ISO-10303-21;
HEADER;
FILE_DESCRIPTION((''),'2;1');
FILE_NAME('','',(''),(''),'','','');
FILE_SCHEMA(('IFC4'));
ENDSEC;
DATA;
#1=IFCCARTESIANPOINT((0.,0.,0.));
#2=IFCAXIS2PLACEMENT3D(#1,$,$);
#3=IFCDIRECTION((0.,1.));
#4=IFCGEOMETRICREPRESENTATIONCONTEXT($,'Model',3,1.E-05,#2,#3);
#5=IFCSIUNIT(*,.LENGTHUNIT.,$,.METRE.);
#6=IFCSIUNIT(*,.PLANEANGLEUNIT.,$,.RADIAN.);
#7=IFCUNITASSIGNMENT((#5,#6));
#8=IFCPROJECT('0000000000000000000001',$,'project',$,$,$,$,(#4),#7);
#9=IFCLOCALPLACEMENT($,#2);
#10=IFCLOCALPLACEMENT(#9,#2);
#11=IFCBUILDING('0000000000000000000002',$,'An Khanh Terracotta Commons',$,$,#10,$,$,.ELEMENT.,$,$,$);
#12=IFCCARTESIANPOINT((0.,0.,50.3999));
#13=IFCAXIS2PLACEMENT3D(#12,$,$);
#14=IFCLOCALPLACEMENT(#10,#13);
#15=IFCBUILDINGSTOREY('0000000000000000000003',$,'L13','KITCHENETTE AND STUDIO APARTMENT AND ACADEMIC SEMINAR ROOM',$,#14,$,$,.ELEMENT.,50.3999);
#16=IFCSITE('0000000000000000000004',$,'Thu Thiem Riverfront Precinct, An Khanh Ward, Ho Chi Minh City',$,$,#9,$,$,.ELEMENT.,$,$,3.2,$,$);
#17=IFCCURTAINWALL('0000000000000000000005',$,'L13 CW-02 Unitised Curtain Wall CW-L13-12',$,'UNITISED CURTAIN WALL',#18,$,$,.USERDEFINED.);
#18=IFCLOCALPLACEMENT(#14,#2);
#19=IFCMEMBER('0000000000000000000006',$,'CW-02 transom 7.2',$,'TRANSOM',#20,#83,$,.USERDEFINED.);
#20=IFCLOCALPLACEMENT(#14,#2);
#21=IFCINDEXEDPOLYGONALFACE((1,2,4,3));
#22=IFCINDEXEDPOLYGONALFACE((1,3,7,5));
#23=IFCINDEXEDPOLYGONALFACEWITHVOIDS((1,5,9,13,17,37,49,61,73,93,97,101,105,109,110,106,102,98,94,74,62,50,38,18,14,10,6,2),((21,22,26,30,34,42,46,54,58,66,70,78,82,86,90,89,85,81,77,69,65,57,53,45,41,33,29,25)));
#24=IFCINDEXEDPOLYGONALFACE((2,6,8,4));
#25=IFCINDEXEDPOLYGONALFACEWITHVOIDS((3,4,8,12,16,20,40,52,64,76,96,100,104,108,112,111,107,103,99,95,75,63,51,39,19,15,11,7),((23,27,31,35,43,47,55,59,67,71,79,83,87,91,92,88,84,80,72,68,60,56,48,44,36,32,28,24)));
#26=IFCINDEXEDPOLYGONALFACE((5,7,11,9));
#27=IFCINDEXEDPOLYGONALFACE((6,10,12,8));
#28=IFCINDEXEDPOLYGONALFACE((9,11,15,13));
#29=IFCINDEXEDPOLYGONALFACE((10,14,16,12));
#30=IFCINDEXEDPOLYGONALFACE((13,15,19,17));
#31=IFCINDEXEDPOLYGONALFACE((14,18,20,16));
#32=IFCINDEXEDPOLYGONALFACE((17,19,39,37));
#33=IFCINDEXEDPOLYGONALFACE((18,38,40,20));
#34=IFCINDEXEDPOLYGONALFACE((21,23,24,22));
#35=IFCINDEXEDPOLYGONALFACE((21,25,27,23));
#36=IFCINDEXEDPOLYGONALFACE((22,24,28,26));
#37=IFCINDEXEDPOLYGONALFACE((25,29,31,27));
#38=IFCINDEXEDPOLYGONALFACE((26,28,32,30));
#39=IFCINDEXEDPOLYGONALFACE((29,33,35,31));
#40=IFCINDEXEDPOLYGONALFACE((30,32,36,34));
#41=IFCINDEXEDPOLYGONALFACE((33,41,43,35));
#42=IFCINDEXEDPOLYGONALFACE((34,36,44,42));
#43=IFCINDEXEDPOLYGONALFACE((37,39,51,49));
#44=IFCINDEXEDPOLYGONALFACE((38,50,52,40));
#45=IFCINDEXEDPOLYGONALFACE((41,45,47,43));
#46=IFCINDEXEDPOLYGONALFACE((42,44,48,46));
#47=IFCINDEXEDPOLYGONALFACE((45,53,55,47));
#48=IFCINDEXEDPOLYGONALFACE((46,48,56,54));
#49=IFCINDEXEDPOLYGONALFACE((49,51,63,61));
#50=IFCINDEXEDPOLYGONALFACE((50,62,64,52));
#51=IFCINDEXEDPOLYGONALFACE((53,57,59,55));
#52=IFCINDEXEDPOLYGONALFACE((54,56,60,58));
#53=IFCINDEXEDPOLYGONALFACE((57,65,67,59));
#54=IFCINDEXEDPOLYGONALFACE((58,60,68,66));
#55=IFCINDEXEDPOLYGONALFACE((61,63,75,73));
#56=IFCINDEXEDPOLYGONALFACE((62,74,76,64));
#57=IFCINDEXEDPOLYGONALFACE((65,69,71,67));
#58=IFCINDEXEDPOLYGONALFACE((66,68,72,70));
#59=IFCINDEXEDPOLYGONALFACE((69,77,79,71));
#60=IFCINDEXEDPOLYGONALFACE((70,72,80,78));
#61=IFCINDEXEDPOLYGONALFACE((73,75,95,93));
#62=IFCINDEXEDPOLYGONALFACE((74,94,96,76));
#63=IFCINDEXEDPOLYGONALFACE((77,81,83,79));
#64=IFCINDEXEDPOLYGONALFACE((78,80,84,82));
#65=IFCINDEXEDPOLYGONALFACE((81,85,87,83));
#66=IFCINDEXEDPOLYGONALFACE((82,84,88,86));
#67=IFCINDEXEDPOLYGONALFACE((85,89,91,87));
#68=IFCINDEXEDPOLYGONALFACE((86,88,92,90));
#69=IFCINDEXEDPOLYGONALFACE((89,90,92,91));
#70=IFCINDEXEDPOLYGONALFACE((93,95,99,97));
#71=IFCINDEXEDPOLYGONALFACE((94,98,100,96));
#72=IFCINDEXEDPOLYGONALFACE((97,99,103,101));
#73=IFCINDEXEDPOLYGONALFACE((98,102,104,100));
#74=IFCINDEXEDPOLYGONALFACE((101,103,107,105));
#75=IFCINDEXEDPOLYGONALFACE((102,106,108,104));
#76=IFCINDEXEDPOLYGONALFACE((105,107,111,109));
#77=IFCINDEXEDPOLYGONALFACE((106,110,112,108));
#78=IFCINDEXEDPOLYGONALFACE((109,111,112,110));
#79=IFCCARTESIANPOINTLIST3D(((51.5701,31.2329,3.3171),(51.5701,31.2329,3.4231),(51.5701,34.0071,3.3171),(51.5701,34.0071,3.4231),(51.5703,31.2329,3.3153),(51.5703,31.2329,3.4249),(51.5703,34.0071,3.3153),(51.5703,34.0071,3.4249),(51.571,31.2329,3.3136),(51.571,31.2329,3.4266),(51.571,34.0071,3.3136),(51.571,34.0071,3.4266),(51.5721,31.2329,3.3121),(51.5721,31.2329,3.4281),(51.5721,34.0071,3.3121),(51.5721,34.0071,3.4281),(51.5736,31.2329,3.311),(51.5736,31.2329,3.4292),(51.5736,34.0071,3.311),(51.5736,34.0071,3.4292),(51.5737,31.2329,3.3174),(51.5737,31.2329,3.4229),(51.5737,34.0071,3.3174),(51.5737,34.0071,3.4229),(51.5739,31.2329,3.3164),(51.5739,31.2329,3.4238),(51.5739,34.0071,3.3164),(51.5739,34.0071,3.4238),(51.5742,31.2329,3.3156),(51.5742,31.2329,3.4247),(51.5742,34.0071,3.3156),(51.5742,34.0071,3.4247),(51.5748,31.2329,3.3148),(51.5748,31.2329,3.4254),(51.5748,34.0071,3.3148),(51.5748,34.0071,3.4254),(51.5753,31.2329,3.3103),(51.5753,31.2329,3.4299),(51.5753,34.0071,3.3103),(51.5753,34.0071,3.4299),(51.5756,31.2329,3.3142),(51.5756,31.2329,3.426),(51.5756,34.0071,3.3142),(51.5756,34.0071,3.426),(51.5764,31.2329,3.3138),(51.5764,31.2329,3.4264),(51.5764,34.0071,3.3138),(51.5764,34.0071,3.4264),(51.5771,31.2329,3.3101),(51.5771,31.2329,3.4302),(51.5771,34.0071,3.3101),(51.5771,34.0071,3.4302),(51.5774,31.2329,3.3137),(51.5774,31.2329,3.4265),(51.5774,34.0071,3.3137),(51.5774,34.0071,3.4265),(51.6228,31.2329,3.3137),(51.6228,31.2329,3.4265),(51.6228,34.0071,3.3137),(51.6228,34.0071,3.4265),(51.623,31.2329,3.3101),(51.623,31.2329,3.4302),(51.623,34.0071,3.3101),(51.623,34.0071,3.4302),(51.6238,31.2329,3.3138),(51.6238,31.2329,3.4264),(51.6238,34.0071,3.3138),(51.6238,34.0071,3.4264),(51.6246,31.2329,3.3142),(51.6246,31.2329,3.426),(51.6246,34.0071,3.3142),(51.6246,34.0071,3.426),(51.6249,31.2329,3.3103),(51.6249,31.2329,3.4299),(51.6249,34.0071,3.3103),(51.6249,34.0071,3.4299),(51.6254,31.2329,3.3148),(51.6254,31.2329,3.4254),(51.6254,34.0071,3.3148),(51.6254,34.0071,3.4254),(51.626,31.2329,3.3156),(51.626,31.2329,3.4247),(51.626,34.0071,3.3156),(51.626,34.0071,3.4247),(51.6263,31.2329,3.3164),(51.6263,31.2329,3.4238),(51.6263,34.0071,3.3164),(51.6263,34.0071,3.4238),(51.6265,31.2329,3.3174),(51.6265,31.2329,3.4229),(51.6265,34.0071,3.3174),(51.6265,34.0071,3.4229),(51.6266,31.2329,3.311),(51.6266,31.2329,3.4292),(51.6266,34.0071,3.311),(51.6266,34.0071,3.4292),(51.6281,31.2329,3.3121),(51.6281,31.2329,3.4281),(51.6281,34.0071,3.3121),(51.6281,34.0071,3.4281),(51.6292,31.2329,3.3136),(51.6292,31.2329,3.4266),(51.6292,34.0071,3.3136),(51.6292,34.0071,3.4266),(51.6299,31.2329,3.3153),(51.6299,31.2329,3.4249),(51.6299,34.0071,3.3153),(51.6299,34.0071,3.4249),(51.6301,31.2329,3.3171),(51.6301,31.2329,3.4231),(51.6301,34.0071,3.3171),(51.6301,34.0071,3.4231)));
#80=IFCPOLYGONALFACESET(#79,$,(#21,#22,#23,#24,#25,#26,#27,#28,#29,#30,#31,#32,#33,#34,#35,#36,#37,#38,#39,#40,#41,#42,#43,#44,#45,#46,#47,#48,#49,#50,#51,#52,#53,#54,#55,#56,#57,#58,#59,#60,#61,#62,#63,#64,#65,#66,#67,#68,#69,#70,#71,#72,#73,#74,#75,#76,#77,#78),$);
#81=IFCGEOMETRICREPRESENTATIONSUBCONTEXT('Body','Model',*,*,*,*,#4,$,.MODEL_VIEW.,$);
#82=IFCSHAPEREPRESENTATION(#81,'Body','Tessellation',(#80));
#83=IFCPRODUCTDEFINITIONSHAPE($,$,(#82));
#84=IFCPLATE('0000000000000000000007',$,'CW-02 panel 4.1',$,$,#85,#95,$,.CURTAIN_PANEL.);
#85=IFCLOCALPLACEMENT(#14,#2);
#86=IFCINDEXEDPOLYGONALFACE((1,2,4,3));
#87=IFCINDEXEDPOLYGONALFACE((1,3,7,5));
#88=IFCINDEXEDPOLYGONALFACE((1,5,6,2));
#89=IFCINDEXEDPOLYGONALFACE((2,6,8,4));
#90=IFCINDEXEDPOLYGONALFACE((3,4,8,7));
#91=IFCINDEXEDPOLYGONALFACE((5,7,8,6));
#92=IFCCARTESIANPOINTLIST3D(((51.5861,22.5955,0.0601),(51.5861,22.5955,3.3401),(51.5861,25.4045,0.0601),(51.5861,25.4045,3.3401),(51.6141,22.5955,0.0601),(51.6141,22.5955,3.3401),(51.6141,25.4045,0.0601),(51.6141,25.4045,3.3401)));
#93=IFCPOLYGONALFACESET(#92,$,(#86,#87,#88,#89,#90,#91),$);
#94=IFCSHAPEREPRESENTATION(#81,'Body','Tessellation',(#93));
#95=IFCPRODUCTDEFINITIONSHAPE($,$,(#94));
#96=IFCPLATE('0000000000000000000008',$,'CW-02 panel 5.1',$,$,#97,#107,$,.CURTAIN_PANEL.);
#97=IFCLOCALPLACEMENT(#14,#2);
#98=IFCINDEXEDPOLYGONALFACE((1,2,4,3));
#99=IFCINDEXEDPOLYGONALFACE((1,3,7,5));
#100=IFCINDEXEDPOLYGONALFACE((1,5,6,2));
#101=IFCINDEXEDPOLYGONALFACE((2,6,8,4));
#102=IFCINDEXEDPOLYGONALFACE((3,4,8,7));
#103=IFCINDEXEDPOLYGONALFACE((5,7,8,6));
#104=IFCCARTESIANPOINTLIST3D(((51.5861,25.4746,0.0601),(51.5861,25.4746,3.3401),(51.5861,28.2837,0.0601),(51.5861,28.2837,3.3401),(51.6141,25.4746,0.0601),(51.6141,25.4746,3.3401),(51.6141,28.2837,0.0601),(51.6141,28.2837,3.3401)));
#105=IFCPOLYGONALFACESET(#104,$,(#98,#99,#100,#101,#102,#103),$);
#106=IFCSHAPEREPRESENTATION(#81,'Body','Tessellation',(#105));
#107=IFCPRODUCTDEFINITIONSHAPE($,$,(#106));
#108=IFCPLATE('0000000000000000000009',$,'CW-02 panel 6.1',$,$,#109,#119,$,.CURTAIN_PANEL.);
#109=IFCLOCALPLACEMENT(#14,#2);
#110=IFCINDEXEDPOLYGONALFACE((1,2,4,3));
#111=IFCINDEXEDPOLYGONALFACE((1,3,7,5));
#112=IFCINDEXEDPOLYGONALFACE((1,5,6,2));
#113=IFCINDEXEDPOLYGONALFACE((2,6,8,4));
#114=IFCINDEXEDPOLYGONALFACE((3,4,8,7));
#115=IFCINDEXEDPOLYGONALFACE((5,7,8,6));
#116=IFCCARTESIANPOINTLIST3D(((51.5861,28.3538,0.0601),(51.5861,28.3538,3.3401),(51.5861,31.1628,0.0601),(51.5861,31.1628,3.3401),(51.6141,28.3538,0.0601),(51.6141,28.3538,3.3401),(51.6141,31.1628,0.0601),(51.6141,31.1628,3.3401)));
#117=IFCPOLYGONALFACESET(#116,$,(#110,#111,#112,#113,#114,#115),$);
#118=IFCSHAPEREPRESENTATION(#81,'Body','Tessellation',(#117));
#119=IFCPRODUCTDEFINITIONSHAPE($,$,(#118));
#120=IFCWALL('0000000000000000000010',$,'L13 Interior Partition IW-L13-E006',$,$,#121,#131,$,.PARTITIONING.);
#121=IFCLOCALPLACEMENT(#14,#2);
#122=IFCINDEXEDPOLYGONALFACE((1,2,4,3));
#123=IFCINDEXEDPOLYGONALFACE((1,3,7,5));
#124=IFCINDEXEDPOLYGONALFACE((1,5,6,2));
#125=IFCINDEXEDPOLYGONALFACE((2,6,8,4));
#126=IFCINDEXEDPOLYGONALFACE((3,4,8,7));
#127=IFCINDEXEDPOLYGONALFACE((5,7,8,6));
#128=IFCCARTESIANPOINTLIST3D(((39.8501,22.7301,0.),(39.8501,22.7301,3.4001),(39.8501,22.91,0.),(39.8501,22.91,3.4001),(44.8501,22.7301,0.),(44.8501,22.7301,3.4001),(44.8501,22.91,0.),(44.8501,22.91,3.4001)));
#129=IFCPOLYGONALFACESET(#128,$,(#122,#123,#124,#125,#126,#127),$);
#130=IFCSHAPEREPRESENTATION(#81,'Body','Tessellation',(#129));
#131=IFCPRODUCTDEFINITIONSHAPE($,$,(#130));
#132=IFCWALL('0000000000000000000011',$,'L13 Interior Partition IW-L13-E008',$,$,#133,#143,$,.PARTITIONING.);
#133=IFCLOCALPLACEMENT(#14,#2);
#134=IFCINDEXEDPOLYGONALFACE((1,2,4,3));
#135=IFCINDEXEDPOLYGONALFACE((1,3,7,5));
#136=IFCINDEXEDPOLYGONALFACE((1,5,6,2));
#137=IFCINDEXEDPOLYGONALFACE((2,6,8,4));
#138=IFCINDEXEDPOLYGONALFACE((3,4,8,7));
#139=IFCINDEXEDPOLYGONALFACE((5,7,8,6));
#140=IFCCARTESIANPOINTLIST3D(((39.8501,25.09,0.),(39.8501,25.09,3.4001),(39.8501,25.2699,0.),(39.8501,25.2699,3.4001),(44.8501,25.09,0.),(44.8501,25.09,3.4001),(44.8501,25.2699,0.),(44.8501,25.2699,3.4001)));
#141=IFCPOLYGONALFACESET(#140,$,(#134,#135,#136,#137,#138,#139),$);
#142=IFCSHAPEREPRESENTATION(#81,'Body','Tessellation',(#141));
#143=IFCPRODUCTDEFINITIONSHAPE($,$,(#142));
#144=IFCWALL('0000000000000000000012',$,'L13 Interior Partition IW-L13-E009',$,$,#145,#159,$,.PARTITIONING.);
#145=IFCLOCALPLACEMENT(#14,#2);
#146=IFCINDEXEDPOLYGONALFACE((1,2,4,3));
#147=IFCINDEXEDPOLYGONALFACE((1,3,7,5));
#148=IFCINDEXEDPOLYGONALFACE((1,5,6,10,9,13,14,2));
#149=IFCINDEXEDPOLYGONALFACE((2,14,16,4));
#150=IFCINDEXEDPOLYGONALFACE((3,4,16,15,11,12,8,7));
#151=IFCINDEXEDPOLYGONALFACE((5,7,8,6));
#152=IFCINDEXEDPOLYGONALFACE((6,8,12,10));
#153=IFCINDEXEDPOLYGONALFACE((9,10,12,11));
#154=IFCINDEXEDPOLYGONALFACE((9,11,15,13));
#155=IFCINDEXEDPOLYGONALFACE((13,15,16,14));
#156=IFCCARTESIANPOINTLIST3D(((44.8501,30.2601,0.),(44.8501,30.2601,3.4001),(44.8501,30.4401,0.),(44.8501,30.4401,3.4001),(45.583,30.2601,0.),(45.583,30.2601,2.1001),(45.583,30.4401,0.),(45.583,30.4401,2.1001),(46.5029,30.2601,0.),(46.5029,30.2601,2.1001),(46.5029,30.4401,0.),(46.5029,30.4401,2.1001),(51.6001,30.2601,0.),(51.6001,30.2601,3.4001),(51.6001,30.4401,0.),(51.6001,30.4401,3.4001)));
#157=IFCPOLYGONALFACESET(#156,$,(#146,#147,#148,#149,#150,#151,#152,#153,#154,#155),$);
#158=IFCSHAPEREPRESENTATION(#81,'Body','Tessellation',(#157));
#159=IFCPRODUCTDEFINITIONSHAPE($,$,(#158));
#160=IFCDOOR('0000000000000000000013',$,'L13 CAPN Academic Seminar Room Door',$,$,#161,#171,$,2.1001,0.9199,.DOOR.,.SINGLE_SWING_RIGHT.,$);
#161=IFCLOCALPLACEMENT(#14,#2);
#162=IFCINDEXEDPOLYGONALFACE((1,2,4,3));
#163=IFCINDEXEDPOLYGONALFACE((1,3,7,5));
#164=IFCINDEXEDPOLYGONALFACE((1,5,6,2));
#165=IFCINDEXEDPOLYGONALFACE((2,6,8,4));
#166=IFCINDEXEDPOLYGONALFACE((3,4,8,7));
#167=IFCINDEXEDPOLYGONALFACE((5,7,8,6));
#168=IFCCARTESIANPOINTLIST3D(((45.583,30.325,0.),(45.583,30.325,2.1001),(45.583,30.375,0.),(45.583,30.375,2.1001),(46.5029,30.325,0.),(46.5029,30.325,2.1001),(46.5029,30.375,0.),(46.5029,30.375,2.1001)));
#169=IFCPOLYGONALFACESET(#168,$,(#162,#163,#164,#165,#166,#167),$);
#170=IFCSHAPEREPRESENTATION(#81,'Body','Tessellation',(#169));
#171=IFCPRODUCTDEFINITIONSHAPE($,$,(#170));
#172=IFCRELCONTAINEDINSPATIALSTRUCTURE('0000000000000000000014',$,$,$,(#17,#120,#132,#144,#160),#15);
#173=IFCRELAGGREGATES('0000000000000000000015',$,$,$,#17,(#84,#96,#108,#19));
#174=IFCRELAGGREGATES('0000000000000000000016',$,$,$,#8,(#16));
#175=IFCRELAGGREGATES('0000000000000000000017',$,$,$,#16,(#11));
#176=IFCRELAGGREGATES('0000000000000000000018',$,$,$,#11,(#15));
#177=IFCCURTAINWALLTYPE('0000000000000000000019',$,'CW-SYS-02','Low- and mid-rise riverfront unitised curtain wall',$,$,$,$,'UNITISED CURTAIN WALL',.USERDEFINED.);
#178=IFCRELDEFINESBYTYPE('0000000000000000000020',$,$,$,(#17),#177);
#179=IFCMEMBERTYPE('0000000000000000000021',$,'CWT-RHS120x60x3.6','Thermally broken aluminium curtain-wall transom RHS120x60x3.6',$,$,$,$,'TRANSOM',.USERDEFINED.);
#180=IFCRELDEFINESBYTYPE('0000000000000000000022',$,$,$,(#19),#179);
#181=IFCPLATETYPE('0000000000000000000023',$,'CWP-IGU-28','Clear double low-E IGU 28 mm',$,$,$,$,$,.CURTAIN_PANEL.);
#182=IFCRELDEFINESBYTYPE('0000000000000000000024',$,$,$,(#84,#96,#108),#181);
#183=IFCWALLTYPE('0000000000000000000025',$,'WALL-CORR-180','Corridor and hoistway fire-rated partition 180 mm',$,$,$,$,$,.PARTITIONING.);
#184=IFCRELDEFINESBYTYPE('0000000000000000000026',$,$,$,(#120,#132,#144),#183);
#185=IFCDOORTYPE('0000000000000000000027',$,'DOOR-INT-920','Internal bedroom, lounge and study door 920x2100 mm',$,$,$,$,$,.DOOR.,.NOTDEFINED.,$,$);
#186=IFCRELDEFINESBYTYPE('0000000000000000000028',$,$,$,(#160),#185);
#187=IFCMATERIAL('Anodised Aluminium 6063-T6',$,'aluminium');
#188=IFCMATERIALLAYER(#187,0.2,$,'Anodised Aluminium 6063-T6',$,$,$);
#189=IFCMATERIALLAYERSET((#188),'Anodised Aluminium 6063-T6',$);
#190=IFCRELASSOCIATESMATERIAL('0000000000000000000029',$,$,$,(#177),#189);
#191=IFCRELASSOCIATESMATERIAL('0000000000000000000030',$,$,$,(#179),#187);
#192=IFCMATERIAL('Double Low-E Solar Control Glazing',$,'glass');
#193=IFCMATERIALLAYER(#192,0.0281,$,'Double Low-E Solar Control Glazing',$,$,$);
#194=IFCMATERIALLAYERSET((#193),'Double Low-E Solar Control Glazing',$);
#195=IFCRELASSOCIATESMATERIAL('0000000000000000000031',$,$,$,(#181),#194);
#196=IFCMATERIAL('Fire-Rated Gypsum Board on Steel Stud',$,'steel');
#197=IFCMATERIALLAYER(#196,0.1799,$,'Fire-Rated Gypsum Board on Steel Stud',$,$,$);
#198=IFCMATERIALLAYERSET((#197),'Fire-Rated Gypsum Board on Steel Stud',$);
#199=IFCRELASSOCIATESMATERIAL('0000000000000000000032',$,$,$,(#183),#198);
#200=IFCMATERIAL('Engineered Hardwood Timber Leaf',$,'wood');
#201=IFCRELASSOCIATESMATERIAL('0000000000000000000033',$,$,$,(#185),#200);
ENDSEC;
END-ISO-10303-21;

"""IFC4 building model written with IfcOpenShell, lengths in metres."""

from ifc_helpers import new_model, si_unit, direction, frame, frame_2d, origin, origin_2d, place, context, subcontext, project, spatial, rectangle, hollow_rectangle, extrude, material, layer, layer_set, material_profile, profile_set, type_object, element, fill, aggregate, save


model = new_model("IFC4")

# Units and contexts
model_context = context("Model", 3, precision=1e-05, world=origin(), true_north=direction((0.0, 1.0)))
body_context = subcontext(model_context, "Body", "Model", "MODEL_VIEW")
ifc_project = project(units=[si_unit("LENGTHUNIT", "METRE"), si_unit("PLANEANGLEUNIT", "RADIAN")], contexts=[model_context])

# Site, building, storey
site_placement = place(None, origin())
site = spatial("IfcSite", under=ifc_project, at=site_placement, Name="Thu Thiem Riverfront Precinct, An Khanh Ward, Ho Chi Minh City", CompositionType="ELEMENT", RefElevation=3.2)
building_placement = place(site_placement, origin())
building = spatial("IfcBuilding", under=site, at=building_placement, Name="An Khanh Terracotta Commons", CompositionType="ELEMENT")
storey_placement = place(building_placement, frame((0.0, 0.0, 50.3999)))
storey = spatial("IfcBuildingStorey", under=building, at=storey_placement, Name="L13", Description="KITCHENETTE AND STUDIO APARTMENT AND ACADEMIC SEMINAR ROOM", CompositionType="ELEMENT", Elevation=50.3999)

# Curtain wall, member, plates
ifc_material_1 = material(Name="Anodised Aluminium 6063-T6", Category="aluminium")
ifc_layer_1 = layer(ifc_material_1, 0.2, Name="Anodised Aluminium 6063-T6")
ifc_layer_set_1 = layer_set([ifc_layer_1], Name="Anodised Aluminium 6063-T6")
curtain_wall_type = type_object("IfcCurtainWallType", Name="CW-SYS-02", Description="Low- and mid-rise riverfront unitised curtain wall", ElementType="UNITISED CURTAIN WALL", PredefinedType="USERDEFINED", material=ifc_layer_set_1)
curtain_wall_placement = place(storey_placement, origin())
curtain_wall = element("IfcCurtainWall", 1, at=curtain_wall_placement, inside=storey, type_object=curtain_wall_type, Name="L13 CW-02 Unitised Curtain Wall CW-L13-12", ObjectType="UNITISED CURTAIN WALL", PredefinedType="USERDEFINED")
ifc_material_profile_1 = material_profile(ifc_material_1, hollow_rectangle(XDim=0.0601, YDim=0.1201, WallThickness=0.0037, InnerFilletRadius=0.0037, OuterFilletRadius=0.0071, at=origin_2d()), Name="RHS120x60x3.6")
ifc_profile_set_1 = profile_set([ifc_material_profile_1], Name="Anodised Aluminium 6063-T6")
member_type_1 = type_object("IfcMemberType", Name="CWT-RHS120x60x3.6", Description="Thermally broken aluminium curtain-wall transom RHS120x60x3.6", ElementType="TRANSOM", PredefinedType="USERDEFINED", material=ifc_profile_set_1)
member_1_placement = place(storey_placement, frame((51.6001, 31.2329, 3.3701), z_axis=(0.0, 1.0, 0.0), x_axis=(-1.0, 0.0, 0.0)))
member_1 = element("IfcMember", 2, at=member_1_placement, type_object=member_type_1, Name="CW-02 transom 7.2", ObjectType="TRANSOM", PredefinedType="USERDEFINED", context=body_context, shape_type="SweptSolid", body=[
    extrude(hollow_rectangle(XDim=0.0601, YDim=0.1201, WallThickness=0.0037, InnerFilletRadius=0.0037, OuterFilletRadius=0.0071, at=origin_2d()), origin(), (0.0, 0.0, 1.0), 2.7742),
])
ifc_material_2 = material(Name="Double Low-E Solar Control Glazing", Category="glass")
ifc_layer_2 = layer(ifc_material_2, 0.0281, Name="Double Low-E Solar Control Glazing")
ifc_layer_set_2 = layer_set([ifc_layer_2], Name="Double Low-E Solar Control Glazing")
plate_type = type_object("IfcPlateType", Name="CWP-IGU-28", Description="Clear double low-E IGU 28 mm", PredefinedType="CURTAIN_PANEL", material=ifc_layer_set_2)
plate_1_placement = place(storey_placement, frame((51.6001, 24.0, 0.0601), z_axis=(0.0, 0.0, 1.0), x_axis=(0.0, 1.0, 0.0)))
plate_1 = element("IfcPlate", 3, at=plate_1_placement, type_object=plate_type, Name="CW-02 panel 4.1", PredefinedType="CURTAIN_PANEL", context=body_context, shape_type="SweptSolid", body=[
    extrude(rectangle(XDim=2.8091, YDim=0.0281, at=origin_2d()), origin(), (0.0, 0.0, 1.0), 3.28),
])
plate_2_placement = place(storey_placement, frame((51.6001, 26.8792, 0.0601), z_axis=(0.0, 0.0, 1.0), x_axis=(0.0, 1.0, 0.0)))
plate_2 = element("IfcPlate", 4, at=plate_2_placement, type_object=plate_type, Name="CW-02 panel 5.1", PredefinedType="CURTAIN_PANEL", context=body_context, shape_type="SweptSolid", body=[
    extrude(rectangle(XDim=2.8091, YDim=0.0281, at=origin_2d()), origin(), (0.0, 0.0, 1.0), 3.28),
])
plate_3_placement = place(storey_placement, frame((51.6001, 29.7583, 0.0601), z_axis=(0.0, 0.0, 1.0), x_axis=(0.0, 1.0, 0.0)))
plate_3 = element("IfcPlate", 5, at=plate_3_placement, type_object=plate_type, Name="CW-02 panel 6.1", PredefinedType="CURTAIN_PANEL", context=body_context, shape_type="SweptSolid", body=[
    extrude(rectangle(XDim=2.8091, YDim=0.0281, at=origin_2d()), origin(), (0.0, 0.0, 1.0), 3.28),
])
aggregate(curtain_wall, [plate_1, plate_2, plate_3, member_1])

# Walls
ifc_material_3 = material(Name="Fire-Rated Gypsum Board on Steel Stud", Category="steel")
ifc_layer_3 = layer(ifc_material_3, 0.1799, Name="Fire-Rated Gypsum Board on Steel Stud")
ifc_layer_set_3 = layer_set([ifc_layer_3], Name="Fire-Rated Gypsum Board on Steel Stud")
wall_type_1 = type_object("IfcWallType", Name="WALL-CORR-180", Description="Corridor and hoistway fire-rated partition 180 mm", PredefinedType="PARTITIONING", material=ifc_layer_set_3)
for number, where, z_axis, x_axis, name in (
    (6, (39.8501, 22.8201, 0.0), (0.0, 0.0, 1.0), (1.0, 0.0, 0.0), "L13 Interior Partition IW-L13-E006"),
    (7, (39.8501, 25.1799, 0.0), (0.0, 0.0, 1.0), (1.0, 0.0, 0.0), "L13 Interior Partition IW-L13-E008"),
):
    element("IfcWall", number, at=place(storey_placement, frame(where, z_axis=z_axis, x_axis=x_axis)), inside=storey, type_object=wall_type_1, Name=name, PredefinedType="PARTITIONING", context=body_context, shape_type="SweptSolid", body=[
        extrude(rectangle(XDim=5.0, YDim=0.1799, at=frame_2d((2.5, 0.0))), origin(), (0.0, 0.0, 1.0), 3.4001),
    ])

# Wall, opening, door
wall_1_placement = place(storey_placement, frame((44.8501, 30.3501, 0.0), z_axis=(0.0, 0.0, 1.0), x_axis=(1.0, 0.0, 0.0)))
wall_1 = element("IfcWall", 8, at=wall_1_placement, inside=storey, type_object=wall_type_1, Name="L13 Interior Partition IW-L13-E009", PredefinedType="PARTITIONING", context=body_context, shape_type="SweptSolid", body=[
    extrude(rectangle(XDim=6.75, YDim=0.1799, at=frame_2d((3.375, 0.0))), origin(), (0.0, 0.0, 1.0), 3.4001),
])
opening_1_placement = place(wall_1_placement, frame((0.7329, 0.0, 0.0)))
opening_1 = element("IfcOpeningElement", 9, at=opening_1_placement, cuts=wall_1, PredefinedType="OPENING", context=body_context, shape_type="SweptSolid", body=[
    extrude(rectangle(XDim=0.9199, YDim=2.1001, at=frame_2d((0.46, 1.05))), frame((0.0, 0.0999, 0.0), z_axis=(0.0, -1.0, 0.0), x_axis=(1.0, 0.0, 0.0)), (0.0, 0.0, 1.0), 0.2),
])
ifc_material_4 = material(Name="Engineered Hardwood Timber Leaf", Category="wood")
door_type = type_object("IfcDoorType", Name="DOOR-INT-920", Description="Internal bedroom, lounge and study door 920x2100 mm", OperationType="NOTDEFINED", PredefinedType="DOOR", material=ifc_material_4)
door_1_placement = place(opening_1_placement, origin())
door_1 = element("IfcDoor", 10, at=door_1_placement, inside=storey, type_object=door_type, Name="L13 CAPN Academic Seminar Room Door", OperationType="SINGLE_SWING_RIGHT", OverallHeight=2.1001, OverallWidth=0.9199, PredefinedType="DOOR", context=body_context, shape_type="SweptSolid", body=[
    extrude(rectangle(XDim=0.9199, YDim=2.1001, at=frame_2d((0.46, 1.05))), frame((0.0, 0.0249, 0.0), z_axis=(0.0, -1.0, 0.0), x_axis=(1.0, 0.0, 0.0)), (0.0, 0.0, 1.0), 0.05),
])
fill(opening_1, door_1)

save(model, "model.ifc")
